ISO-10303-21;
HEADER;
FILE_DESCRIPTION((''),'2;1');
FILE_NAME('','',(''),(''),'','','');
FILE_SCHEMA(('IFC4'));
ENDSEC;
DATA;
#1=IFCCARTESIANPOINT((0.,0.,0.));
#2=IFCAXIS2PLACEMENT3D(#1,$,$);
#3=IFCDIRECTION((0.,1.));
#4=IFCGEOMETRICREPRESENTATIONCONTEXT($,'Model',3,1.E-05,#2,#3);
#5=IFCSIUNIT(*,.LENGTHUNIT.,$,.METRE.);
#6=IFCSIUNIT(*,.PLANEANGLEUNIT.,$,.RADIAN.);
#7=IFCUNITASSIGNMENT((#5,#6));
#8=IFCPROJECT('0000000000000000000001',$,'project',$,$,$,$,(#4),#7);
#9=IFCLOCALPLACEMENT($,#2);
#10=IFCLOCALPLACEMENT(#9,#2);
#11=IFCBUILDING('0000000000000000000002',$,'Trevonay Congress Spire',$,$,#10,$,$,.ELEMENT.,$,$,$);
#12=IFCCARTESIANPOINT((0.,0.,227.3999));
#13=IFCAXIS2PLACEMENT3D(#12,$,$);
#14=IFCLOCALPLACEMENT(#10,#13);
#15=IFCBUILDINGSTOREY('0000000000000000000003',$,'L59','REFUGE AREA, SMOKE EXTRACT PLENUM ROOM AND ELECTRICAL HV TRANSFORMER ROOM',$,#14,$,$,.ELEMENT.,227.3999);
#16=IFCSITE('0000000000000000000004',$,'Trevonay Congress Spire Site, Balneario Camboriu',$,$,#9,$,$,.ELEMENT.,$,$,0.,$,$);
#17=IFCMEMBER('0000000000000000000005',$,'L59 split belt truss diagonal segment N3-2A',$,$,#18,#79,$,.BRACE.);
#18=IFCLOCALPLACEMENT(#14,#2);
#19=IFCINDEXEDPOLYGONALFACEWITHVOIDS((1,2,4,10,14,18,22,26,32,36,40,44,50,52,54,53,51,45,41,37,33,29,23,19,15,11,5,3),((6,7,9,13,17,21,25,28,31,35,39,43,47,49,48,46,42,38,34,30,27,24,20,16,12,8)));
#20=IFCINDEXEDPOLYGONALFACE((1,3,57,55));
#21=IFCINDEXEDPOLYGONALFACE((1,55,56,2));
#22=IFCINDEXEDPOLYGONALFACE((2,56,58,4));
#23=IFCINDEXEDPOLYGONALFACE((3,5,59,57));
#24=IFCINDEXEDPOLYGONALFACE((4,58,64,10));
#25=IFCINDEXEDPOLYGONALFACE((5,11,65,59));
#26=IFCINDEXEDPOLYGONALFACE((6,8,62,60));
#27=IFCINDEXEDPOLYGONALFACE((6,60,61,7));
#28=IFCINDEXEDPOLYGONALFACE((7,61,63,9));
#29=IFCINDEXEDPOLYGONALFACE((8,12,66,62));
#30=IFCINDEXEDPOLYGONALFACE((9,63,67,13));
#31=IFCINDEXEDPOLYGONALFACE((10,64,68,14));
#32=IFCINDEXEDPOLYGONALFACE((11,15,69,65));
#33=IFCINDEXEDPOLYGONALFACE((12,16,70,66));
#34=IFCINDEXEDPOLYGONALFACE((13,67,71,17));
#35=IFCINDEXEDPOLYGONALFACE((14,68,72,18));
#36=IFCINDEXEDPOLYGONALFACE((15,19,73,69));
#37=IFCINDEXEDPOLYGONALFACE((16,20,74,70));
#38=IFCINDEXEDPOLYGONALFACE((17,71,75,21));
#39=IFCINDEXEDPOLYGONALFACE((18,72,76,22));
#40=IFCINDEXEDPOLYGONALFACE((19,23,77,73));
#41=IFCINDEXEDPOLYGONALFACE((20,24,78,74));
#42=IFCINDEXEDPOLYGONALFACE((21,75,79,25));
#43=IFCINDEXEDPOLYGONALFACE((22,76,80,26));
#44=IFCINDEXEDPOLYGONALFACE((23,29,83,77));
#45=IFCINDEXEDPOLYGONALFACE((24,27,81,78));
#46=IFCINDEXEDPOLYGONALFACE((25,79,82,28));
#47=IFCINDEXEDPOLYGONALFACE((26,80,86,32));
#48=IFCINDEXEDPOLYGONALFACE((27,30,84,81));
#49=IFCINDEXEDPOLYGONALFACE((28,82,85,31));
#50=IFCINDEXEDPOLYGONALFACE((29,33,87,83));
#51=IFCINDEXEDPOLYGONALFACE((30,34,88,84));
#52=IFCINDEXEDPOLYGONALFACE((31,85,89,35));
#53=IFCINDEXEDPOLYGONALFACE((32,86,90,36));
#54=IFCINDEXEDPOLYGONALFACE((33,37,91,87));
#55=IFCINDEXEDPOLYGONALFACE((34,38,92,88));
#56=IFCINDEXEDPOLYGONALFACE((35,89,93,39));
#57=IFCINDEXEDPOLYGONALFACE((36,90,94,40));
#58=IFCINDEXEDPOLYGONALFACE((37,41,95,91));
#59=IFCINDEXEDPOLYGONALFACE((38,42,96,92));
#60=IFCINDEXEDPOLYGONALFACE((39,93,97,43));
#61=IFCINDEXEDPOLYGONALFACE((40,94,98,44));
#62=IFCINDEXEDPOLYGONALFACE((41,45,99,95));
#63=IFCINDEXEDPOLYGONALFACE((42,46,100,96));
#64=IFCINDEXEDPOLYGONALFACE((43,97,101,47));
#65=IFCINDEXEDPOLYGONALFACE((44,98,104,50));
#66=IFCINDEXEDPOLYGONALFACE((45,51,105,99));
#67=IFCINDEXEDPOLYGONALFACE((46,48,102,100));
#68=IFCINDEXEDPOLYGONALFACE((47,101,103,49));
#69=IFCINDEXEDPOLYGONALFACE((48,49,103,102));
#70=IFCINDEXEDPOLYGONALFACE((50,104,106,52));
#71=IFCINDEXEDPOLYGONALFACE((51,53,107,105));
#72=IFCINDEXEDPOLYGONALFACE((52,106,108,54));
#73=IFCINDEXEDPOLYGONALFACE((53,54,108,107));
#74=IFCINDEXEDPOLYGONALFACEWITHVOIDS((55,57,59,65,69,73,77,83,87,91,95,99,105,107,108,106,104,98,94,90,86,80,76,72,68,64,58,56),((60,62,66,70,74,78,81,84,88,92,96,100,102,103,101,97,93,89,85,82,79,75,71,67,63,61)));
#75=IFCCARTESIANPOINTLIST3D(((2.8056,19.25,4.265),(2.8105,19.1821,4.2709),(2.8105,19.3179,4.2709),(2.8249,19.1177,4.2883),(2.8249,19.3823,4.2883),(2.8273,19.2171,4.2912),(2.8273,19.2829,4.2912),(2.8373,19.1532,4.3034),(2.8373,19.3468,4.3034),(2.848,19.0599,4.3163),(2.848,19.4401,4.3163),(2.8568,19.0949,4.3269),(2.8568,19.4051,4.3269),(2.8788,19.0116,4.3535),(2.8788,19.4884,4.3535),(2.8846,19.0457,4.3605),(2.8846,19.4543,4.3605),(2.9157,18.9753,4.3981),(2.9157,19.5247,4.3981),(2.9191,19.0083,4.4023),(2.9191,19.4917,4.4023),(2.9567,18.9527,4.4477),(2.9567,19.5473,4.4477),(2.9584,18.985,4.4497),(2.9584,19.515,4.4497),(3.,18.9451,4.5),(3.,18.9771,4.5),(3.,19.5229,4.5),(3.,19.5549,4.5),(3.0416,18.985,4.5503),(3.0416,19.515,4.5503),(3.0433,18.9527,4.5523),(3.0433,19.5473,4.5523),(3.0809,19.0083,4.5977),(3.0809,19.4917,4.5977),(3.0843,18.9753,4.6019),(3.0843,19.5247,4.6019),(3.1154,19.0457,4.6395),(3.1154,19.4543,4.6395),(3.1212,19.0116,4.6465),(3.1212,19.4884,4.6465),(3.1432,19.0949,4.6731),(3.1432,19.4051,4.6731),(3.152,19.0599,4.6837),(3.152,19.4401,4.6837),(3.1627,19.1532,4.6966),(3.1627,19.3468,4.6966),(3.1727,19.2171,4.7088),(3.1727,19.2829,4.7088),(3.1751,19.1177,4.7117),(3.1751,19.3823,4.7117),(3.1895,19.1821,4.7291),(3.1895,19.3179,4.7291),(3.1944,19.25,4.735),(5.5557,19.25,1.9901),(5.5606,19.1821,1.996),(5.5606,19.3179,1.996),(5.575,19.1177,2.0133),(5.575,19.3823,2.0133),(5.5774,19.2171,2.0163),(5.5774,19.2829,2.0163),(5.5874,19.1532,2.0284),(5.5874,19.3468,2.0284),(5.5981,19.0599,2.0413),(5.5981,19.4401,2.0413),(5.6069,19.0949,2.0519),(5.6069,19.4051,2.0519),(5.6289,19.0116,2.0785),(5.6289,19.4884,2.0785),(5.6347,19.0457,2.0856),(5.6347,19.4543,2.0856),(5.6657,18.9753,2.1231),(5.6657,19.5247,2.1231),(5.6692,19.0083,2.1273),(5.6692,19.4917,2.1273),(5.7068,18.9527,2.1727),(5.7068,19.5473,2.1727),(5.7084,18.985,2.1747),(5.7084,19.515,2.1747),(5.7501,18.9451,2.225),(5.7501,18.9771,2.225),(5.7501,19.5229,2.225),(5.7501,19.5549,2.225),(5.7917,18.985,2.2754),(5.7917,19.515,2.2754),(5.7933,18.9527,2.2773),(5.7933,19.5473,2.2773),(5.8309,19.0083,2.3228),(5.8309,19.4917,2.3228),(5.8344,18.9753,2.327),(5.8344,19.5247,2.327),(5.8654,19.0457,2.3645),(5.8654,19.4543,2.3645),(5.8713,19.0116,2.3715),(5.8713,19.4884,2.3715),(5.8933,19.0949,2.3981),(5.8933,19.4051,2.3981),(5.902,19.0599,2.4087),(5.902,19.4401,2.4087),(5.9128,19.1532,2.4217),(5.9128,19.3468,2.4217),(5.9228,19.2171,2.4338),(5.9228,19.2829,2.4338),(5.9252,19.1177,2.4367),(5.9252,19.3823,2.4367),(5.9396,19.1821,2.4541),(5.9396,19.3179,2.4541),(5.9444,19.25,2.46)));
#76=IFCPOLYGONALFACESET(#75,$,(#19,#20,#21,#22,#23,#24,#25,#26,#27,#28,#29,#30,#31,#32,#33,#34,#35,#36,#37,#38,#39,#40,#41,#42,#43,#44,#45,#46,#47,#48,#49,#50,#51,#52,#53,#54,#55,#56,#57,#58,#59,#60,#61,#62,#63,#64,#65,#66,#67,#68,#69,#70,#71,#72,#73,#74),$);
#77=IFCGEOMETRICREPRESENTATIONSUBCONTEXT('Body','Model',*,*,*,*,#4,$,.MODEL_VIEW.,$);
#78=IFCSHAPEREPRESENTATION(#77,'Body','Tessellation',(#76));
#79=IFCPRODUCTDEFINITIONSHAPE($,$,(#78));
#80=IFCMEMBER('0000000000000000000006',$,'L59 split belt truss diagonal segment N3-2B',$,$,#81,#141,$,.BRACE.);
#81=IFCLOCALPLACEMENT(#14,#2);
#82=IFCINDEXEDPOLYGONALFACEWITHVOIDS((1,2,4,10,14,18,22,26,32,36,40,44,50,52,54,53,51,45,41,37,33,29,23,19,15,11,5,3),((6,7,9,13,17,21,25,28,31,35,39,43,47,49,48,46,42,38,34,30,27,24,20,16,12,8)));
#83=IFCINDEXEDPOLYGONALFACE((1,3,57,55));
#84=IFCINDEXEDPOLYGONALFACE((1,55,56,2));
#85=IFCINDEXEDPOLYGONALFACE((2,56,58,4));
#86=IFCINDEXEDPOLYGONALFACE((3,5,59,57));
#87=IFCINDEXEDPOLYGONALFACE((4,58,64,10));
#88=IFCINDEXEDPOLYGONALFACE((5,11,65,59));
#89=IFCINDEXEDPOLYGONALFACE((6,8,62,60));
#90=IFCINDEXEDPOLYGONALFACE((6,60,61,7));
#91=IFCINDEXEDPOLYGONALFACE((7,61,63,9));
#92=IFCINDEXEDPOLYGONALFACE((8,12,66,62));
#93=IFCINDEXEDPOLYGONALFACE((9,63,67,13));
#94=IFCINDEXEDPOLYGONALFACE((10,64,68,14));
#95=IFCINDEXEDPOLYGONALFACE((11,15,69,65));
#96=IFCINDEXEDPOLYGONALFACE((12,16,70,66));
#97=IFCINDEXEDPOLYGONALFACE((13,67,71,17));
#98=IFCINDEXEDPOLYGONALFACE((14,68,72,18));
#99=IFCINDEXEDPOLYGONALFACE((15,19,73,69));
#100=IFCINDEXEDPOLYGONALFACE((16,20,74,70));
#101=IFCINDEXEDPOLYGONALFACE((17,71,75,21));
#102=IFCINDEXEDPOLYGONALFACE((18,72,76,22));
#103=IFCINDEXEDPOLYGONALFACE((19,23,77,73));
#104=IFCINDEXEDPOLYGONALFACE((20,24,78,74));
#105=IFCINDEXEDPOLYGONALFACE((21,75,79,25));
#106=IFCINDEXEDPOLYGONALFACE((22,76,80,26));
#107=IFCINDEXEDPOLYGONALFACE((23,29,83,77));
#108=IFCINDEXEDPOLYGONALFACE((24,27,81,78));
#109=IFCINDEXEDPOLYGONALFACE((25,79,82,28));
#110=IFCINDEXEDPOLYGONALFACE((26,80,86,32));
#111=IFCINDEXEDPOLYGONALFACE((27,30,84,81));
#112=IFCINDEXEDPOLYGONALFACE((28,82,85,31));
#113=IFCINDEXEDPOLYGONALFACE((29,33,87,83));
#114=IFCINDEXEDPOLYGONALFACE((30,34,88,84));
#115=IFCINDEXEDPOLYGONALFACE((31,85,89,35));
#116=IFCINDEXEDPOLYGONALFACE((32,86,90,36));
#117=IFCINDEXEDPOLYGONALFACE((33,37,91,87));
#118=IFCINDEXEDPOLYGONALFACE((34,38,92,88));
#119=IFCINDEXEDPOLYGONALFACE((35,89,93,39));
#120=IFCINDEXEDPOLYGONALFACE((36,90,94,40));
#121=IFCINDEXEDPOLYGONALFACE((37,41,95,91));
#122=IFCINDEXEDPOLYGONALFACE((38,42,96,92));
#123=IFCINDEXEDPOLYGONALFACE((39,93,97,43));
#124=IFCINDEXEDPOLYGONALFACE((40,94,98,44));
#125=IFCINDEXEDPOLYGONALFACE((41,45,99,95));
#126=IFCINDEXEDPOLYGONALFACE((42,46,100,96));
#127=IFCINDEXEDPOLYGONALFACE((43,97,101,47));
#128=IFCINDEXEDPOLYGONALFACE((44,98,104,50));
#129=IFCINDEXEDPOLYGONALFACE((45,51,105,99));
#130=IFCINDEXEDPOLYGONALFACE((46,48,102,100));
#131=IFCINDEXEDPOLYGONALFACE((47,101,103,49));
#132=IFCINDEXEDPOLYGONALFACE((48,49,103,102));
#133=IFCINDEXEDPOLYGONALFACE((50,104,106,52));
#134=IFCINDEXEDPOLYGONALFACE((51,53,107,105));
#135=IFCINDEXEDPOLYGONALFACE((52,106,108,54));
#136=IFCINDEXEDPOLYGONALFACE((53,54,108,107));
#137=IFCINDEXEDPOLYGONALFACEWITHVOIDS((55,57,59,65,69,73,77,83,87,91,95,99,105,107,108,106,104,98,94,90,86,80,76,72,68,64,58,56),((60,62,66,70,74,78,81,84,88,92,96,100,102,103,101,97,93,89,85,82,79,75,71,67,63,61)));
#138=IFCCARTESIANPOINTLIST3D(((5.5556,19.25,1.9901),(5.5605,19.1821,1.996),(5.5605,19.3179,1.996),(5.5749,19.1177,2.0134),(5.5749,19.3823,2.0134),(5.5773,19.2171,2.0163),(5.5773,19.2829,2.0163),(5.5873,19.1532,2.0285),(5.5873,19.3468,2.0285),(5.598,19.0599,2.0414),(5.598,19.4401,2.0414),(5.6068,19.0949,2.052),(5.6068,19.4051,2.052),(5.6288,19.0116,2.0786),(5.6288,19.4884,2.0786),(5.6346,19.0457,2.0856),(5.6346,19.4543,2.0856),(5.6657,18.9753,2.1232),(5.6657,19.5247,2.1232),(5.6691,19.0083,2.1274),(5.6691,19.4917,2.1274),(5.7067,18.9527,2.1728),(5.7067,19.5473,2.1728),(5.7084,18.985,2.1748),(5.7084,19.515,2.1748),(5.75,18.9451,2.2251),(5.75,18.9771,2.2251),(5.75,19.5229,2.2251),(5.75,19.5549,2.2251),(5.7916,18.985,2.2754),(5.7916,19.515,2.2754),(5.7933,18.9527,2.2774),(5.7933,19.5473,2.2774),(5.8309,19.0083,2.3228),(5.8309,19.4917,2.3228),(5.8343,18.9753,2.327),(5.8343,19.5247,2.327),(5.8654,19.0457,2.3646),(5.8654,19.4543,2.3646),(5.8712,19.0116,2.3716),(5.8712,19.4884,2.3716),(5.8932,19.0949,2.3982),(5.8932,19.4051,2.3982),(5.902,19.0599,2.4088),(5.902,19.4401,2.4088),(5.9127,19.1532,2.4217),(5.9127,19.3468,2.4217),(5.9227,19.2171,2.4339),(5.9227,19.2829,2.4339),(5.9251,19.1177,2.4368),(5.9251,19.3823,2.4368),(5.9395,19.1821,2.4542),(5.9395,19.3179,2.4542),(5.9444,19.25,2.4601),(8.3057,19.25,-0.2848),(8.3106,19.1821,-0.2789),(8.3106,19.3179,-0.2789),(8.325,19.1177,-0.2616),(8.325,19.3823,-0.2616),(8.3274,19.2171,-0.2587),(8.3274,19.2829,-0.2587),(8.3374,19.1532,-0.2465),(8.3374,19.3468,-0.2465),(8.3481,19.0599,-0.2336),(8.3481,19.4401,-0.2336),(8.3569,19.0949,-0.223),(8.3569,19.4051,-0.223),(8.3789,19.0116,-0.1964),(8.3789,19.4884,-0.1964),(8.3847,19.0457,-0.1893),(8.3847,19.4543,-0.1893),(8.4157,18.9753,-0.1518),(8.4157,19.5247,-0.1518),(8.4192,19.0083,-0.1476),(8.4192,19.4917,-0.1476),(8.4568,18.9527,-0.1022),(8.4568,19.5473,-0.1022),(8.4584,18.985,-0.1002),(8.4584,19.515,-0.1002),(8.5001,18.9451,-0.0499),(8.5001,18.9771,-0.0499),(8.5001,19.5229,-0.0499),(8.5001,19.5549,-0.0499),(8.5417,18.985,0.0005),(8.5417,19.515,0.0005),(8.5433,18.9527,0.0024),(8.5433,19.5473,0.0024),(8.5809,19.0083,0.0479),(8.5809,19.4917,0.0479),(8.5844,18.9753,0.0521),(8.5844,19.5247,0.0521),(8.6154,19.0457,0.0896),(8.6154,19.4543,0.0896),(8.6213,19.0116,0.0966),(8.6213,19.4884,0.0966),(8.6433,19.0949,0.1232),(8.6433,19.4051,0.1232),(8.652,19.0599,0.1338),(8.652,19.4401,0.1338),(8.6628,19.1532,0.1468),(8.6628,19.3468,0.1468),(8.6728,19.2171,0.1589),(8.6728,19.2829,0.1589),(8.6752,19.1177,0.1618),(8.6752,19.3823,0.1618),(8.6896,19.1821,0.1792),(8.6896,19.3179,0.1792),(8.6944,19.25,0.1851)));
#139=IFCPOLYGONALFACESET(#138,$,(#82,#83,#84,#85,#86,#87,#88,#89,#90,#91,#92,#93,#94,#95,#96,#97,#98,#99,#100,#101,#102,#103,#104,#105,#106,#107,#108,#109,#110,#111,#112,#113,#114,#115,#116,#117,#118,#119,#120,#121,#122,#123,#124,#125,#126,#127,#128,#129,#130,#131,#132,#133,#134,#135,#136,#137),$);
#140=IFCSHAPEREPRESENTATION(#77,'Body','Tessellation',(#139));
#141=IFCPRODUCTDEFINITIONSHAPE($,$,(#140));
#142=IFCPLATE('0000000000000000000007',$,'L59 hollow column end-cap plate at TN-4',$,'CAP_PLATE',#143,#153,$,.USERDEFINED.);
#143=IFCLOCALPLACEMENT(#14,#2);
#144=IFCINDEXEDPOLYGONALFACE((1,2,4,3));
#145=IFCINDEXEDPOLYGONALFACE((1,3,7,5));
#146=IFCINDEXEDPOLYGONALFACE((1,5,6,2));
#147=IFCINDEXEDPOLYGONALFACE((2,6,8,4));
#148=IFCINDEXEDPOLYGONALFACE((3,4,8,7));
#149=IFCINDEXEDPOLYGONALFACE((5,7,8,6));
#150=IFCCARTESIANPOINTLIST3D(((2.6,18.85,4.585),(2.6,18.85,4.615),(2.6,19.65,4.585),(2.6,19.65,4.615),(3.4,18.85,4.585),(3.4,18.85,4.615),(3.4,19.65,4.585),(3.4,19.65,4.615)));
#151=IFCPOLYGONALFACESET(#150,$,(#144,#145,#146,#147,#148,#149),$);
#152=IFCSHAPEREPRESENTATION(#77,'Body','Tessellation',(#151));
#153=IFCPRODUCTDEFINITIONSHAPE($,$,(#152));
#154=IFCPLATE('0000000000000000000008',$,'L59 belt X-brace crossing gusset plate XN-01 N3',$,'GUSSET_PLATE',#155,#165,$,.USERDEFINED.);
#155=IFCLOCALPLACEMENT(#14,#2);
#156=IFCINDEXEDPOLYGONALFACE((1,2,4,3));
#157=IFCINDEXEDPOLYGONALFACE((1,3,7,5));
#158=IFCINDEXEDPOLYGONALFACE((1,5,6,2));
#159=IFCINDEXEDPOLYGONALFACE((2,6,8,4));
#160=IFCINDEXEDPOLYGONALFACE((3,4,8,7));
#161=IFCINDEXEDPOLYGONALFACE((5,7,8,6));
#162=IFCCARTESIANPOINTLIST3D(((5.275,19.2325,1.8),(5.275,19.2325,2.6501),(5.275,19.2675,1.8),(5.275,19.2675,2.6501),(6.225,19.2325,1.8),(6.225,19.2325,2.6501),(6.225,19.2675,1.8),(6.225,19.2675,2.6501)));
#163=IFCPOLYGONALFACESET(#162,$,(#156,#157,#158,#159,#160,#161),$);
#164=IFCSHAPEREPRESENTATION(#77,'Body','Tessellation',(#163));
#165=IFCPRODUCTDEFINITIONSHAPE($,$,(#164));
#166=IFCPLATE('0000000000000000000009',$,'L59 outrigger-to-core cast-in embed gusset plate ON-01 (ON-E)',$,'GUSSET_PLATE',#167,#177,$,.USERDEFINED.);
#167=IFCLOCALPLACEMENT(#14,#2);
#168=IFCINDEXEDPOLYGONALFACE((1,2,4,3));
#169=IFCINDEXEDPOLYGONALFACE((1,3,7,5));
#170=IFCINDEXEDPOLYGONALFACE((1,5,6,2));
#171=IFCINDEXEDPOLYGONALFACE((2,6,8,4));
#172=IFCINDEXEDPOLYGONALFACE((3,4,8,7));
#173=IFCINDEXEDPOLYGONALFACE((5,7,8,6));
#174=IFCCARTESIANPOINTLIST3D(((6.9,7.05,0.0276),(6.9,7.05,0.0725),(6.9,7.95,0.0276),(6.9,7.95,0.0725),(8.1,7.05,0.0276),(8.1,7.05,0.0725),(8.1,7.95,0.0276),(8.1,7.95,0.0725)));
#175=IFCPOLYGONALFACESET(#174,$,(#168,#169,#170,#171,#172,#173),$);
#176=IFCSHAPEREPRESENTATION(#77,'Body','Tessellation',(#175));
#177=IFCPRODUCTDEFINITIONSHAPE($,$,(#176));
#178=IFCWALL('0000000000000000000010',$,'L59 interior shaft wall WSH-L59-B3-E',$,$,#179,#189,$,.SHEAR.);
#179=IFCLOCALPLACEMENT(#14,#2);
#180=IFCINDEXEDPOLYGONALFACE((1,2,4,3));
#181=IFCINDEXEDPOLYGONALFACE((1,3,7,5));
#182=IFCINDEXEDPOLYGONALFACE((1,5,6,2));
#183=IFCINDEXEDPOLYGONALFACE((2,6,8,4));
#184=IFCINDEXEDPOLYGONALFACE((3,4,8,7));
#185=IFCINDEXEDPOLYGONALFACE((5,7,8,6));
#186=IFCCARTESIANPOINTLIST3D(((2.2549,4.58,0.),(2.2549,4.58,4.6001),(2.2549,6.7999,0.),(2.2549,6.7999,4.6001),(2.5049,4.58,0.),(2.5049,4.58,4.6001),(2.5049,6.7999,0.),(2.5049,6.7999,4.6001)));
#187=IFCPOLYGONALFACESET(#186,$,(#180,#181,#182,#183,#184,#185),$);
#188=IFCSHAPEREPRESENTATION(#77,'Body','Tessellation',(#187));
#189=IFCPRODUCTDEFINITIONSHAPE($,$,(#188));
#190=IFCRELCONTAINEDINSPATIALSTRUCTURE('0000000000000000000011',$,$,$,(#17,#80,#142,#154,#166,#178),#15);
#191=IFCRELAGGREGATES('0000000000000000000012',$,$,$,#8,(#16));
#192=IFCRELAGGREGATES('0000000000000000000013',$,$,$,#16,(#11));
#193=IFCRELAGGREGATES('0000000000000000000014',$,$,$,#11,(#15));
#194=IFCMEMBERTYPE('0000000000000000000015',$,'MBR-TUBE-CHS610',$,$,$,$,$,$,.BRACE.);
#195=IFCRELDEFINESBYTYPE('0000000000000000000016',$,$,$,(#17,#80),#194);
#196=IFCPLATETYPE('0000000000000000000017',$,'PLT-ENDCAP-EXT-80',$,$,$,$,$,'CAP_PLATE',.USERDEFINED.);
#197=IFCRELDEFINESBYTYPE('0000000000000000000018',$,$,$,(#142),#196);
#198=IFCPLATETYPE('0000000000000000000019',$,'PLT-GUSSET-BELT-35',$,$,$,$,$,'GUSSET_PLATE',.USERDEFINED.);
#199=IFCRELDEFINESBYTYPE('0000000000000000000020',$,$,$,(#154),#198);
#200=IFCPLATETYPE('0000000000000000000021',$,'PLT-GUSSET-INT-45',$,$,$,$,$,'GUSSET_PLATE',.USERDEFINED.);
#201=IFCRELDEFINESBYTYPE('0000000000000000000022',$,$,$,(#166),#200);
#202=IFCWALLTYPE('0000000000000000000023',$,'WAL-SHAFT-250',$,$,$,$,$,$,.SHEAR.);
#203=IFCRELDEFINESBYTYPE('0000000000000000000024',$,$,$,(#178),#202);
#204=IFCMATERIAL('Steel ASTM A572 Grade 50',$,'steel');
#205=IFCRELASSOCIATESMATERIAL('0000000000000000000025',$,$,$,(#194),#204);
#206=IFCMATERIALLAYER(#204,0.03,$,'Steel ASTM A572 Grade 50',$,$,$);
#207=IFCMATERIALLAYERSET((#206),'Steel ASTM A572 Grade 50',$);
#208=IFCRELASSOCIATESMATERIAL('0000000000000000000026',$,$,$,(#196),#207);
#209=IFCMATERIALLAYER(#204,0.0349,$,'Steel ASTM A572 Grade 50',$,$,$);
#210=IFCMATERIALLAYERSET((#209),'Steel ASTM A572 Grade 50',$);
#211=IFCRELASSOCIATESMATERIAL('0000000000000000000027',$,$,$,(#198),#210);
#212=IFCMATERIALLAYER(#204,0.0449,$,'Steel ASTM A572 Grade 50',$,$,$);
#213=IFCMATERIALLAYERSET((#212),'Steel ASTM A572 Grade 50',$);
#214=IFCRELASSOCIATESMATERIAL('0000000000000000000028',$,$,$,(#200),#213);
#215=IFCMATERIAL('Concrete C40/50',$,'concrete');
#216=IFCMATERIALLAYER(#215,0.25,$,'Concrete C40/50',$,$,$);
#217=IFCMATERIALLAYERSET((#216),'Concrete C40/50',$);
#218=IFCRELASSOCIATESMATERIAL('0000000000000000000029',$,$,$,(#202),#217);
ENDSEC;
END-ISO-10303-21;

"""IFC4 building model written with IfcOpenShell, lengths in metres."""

from ifc_helpers import new_model, si_unit, direction, frame, frame_2d, origin, origin_2d, place, context, subcontext, project, spatial, rectangle, hollow_circle, extrude, material, layer, layer_set, material_profile, profile_set, type_object, element, save


model = new_model("IFC4")

# Units and contexts
model_context = context("Model", 3, precision=1e-05, world=origin(), true_north=direction((0.0, 1.0)))
body_context = subcontext(model_context, "Body", "Model", "MODEL_VIEW")
ifc_project = project(units=[si_unit("LENGTHUNIT", "METRE"), si_unit("PLANEANGLEUNIT", "RADIAN")], contexts=[model_context])

# Site, building, storey
site_placement = place(None, origin())
site = spatial("IfcSite", under=ifc_project, at=site_placement, Name="Trevonay Congress Spire Site, Balneario Camboriu", CompositionType="ELEMENT", RefElevation=0.0)
building_placement = place(site_placement, origin())
building = spatial("IfcBuilding", under=site, at=building_placement, Name="Trevonay Congress Spire", CompositionType="ELEMENT")
storey_placement = place(building_placement, frame((0.0, 0.0, 227.3999)))
storey = spatial("IfcBuildingStorey", under=building, at=storey_placement, Name="L59", Description="REFUGE AREA, SMOKE EXTRACT PLENUM ROOM AND ELECTRICAL HV TRANSFORMER ROOM", CompositionType="ELEMENT", Elevation=227.3999)

# Shared definitions
ifc_material_1 = material(Name="Steel ASTM A572 Grade 50", Category="steel")

# Members
ifc_material_profile_1 = material_profile(ifc_material_1, hollow_circle(Radius=0.3049, WallThickness=0.032, at=origin_2d()), Name="CHS 610x32")
ifc_profile_set_1 = profile_set([ifc_material_profile_1], Name="Steel ASTM A572 Grade 50")
member_type_1 = type_object("IfcMemberType", Name="MBR-TUBE-CHS610", PredefinedType="BRACE", material=ifc_profile_set_1)
for number, where, z_axis, x_axis, name in (
    (1, (3.0, 19.25, 4.5), (0.770526, 0.0, -0.637408), (0.0, 1.0, 0.0), "L59 split belt truss diagonal segment N3-2A"),
    (2, (5.75, 19.25, 2.2251), (0.770526, 0.0, -0.637408), (0.0, 1.0, 0.0), "L59 split belt truss diagonal segment N3-2B"),
):
    element("IfcMember", number, at=place(storey_placement, frame(where, z_axis=z_axis, x_axis=x_axis)), inside=storey, type_object=member_type_1, Name=name, PredefinedType="BRACE", context=body_context, shape_type="SweptSolid", body=[
        extrude(hollow_circle(Radius=0.3049, WallThickness=0.032, at=origin_2d()), origin(), (0.0, 0.0, 1.0), 3.5691),
    ])

# Plates
ifc_layer_1 = layer(ifc_material_1, 0.03, Name="Steel ASTM A572 Grade 50")
ifc_layer_set_1 = layer_set([ifc_layer_1], Name="Steel ASTM A572 Grade 50")
plate_type_1 = type_object("IfcPlateType", Name="PLT-ENDCAP-EXT-80", ElementType="CAP_PLATE", PredefinedType="USERDEFINED", material=ifc_layer_set_1)
plate_1_placement = place(storey_placement, frame((3.0, 19.25, 4.585), z_axis=(0.0, 0.0, 1.0), x_axis=(1.0, 0.0, 0.0)))
element("IfcPlate", 3, at=plate_1_placement, inside=storey, type_object=plate_type_1, Name="L59 hollow column end-cap plate at TN-4", ObjectType="CAP_PLATE", PredefinedType="USERDEFINED", context=body_context, shape_type="SweptSolid", body=[
    extrude(rectangle(XDim=0.8, YDim=0.8, at=origin_2d()), origin(), (0.0, 0.0, 1.0), 0.03),
])
ifc_layer_2 = layer(ifc_material_1, 0.0349, Name="Steel ASTM A572 Grade 50")
ifc_layer_set_2 = layer_set([ifc_layer_2], Name="Steel ASTM A572 Grade 50")
plate_type_2 = type_object("IfcPlateType", Name="PLT-GUSSET-BELT-35", ElementType="GUSSET_PLATE", PredefinedType="USERDEFINED", material=ifc_layer_set_2)
plate_2_placement = place(storey_placement, frame((5.75, 19.25, 1.8), z_axis=(0.0, 0.0, 1.0), x_axis=(1.0, 0.0, 0.0)))
element("IfcPlate", 4, at=plate_2_placement, inside=storey, type_object=plate_type_2, Name="L59 belt X-brace crossing gusset plate XN-01 N3", ObjectType="GUSSET_PLATE", PredefinedType="USERDEFINED", context=body_context, shape_type="SweptSolid", body=[
    extrude(rectangle(XDim=0.95, YDim=0.0349, at=origin_2d()), origin(), (0.0, 0.0, 1.0), 0.8501),
])
ifc_layer_3 = layer(ifc_material_1, 0.0449, Name="Steel ASTM A572 Grade 50")
ifc_layer_set_3 = layer_set([ifc_layer_3], Name="Steel ASTM A572 Grade 50")
plate_type_3 = type_object("IfcPlateType", Name="PLT-GUSSET-INT-45", ElementType="GUSSET_PLATE", PredefinedType="USERDEFINED", material=ifc_layer_set_3)
plate_3_placement = place(storey_placement, frame((7.5, 7.5, 0.0276), z_axis=(0.0, 0.0, 1.0), x_axis=(1.0, 0.0, 0.0)))
element("IfcPlate", 5, at=plate_3_placement, inside=storey, type_object=plate_type_3, Name="L59 outrigger-to-core cast-in embed gusset plate ON-01 (ON-E)", ObjectType="GUSSET_PLATE", PredefinedType="USERDEFINED", context=body_context, shape_type="SweptSolid", body=[
    extrude(rectangle(XDim=1.2, YDim=0.8999, at=origin_2d()), origin(), (0.0, 0.0, 1.0), 0.0449),
])

# Wall
ifc_material_2 = material(Name="Concrete C40/50", Category="concrete")
ifc_layer_4 = layer(ifc_material_2, 0.25, Name="Concrete C40/50")
ifc_layer_set_4 = layer_set([ifc_layer_4], Name="Concrete C40/50")
wall_type = type_object("IfcWallType", Name="WAL-SHAFT-250", PredefinedType="SHEAR", material=ifc_layer_set_4)
wall_1_placement = place(storey_placement, frame((2.3799, 4.5801, 0.0), z_axis=(0.0, 0.0, 1.0), x_axis=(0.0, 1.0, 0.0)))
element("IfcWall", 6, at=wall_1_placement, inside=storey, type_object=wall_type, Name="L59 interior shaft wall WSH-L59-B3-E", PredefinedType="SHEAR", context=body_context, shape_type="SweptSolid", body=[
    extrude(rectangle(XDim=2.22, YDim=0.25, at=frame_2d((1.1099, 0.0))), origin(), (0.0, 0.0, 1.0), 4.6001),
])

save(model, "model.ifc")
